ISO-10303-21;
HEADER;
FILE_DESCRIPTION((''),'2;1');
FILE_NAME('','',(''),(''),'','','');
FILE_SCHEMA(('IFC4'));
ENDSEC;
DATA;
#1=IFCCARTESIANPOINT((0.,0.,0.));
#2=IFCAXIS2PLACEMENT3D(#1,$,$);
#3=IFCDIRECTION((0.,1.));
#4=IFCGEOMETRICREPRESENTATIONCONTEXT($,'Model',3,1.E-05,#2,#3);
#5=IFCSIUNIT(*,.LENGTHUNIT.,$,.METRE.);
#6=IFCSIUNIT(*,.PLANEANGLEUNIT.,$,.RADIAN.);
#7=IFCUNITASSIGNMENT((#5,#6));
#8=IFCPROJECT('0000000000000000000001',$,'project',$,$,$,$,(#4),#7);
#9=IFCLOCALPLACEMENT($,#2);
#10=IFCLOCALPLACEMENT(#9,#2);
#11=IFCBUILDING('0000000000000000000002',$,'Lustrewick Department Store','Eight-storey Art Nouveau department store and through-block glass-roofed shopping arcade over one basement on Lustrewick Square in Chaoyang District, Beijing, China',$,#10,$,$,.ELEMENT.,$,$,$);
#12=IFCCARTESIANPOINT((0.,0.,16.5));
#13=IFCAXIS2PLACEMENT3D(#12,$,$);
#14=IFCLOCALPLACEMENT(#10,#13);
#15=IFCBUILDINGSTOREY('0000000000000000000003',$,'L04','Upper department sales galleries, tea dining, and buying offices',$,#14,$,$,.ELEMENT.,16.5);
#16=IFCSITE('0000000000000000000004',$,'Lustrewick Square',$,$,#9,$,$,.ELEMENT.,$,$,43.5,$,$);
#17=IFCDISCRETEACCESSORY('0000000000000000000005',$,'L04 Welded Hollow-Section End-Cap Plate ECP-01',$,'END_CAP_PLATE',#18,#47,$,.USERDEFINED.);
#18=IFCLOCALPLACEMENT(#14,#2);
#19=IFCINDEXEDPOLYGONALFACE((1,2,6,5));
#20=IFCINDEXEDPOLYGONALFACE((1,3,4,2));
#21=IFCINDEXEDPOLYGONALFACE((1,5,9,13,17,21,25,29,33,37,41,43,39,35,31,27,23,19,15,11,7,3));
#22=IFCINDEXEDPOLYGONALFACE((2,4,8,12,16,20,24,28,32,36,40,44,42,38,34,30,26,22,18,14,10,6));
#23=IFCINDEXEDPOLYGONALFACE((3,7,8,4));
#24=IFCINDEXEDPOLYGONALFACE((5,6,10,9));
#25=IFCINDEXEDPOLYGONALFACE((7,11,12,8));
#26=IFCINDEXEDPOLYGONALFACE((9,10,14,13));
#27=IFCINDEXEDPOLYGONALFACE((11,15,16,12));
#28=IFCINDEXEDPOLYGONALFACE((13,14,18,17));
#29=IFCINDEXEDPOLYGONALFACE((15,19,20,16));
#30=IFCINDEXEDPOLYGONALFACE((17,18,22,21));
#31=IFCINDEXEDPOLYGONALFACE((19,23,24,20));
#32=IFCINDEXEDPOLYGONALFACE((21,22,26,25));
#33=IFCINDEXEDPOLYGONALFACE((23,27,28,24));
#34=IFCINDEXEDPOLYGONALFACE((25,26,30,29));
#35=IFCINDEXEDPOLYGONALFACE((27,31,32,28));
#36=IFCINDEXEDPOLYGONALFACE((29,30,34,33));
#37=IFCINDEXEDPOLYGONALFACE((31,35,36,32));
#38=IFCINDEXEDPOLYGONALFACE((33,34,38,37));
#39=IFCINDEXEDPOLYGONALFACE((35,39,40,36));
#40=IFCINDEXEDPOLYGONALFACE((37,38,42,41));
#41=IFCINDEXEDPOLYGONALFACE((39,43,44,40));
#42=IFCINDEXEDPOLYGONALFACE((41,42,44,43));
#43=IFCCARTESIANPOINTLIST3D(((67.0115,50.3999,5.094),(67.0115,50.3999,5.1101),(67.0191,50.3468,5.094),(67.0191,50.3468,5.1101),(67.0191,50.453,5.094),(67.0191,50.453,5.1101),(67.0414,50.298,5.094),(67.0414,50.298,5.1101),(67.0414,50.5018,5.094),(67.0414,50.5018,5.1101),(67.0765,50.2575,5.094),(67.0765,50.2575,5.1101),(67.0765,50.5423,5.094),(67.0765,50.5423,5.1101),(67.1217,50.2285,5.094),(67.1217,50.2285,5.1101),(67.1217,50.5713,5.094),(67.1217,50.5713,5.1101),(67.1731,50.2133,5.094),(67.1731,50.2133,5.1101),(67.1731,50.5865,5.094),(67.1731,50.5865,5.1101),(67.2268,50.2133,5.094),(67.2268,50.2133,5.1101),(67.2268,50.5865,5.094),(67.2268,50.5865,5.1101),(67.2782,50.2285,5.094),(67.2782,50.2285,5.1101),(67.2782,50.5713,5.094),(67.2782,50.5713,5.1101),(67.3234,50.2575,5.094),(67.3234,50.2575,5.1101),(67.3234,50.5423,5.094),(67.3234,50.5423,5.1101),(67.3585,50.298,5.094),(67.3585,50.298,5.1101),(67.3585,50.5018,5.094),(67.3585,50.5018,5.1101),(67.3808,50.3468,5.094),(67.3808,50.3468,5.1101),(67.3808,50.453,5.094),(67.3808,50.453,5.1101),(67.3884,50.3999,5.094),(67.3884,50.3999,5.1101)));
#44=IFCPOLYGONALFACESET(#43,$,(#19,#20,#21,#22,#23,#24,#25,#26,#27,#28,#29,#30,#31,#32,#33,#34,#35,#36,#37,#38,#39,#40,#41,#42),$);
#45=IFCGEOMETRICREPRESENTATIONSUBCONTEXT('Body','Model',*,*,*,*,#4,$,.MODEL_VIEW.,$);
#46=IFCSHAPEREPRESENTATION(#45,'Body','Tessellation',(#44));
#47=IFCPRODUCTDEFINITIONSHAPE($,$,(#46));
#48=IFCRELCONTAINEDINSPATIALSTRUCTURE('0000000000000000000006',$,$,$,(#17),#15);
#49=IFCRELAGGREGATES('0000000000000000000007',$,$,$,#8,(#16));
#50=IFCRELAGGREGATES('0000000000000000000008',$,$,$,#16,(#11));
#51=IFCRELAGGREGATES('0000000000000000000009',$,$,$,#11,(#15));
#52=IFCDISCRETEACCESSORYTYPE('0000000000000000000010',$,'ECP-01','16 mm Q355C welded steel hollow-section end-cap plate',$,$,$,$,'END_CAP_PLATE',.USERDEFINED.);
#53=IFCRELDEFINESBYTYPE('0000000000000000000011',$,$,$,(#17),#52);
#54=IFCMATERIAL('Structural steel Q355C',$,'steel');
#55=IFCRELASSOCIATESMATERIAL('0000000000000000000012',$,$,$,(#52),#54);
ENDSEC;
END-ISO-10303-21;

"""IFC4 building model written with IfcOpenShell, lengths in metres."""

from ifc_helpers import new_model, si_unit, direction, frame, origin, origin_2d, place, context, subcontext, project, spatial, circle, extrude, material, type_object, element, save


model = new_model("IFC4")

# Units and contexts
model_context = context("Model", 3, precision=1e-05, world=origin(), true_north=direction((0.0, 1.0)))
body_context = subcontext(model_context, "Body", "Model", "MODEL_VIEW")
ifc_project = project(units=[si_unit("LENGTHUNIT", "METRE"), si_unit("PLANEANGLEUNIT", "RADIAN")], contexts=[model_context])

# Site, building, storey
site_placement = place(None, origin())
site = spatial("IfcSite", under=ifc_project, at=site_placement, Name="Lustrewick Square", CompositionType="ELEMENT", RefElevation=43.5)
building_placement = place(site_placement, origin())
building = spatial("IfcBuilding", under=site, at=building_placement, Name="Lustrewick Department Store", Description="Eight-storey Art Nouveau department store and through-block glass-roofed shopping arcade over one basement on Lustrewick Square in Chaoyang District, Beijing, China", CompositionType="ELEMENT")
storey_placement = place(building_placement, frame((0.0, 0.0, 16.5)))
storey = spatial("IfcBuildingStorey", under=building, at=storey_placement, Name="L04", Description="Upper department sales galleries, tea dining, and buying offices", CompositionType="ELEMENT", Elevation=16.5)

# Shared definitions
ifc_material_1 = material(Name="Structural steel Q355C", Category="steel")

# Discrete accessory
discrete_accessory_type = type_object("IfcDiscreteAccessoryType", Name="ECP-01", Description="16 mm Q355C welded steel hollow-section end-cap plate", ElementType="END_CAP_PLATE", PredefinedType="USERDEFINED", material=ifc_material_1)
discrete_accessory_placement = place(storey_placement, frame((67.2, 50.3999, 5.094), z_axis=(0.0, 0.0, 1.0), x_axis=(1.0, 0.0, 0.0)))
element("IfcDiscreteAccessory", 1, at=discrete_accessory_placement, inside=storey, type_object=discrete_accessory_type, Name="L04 Welded Hollow-Section End-Cap Plate ECP-01", ObjectType="END_CAP_PLATE", PredefinedType="USERDEFINED", context=body_context, shape_type="SweptSolid", body=[
    extrude(circle(Radius=0.1885, at=origin_2d()), origin(), (0.0, 0.0, 1.0), 0.0161),
])

save(model, "model.ifc")
